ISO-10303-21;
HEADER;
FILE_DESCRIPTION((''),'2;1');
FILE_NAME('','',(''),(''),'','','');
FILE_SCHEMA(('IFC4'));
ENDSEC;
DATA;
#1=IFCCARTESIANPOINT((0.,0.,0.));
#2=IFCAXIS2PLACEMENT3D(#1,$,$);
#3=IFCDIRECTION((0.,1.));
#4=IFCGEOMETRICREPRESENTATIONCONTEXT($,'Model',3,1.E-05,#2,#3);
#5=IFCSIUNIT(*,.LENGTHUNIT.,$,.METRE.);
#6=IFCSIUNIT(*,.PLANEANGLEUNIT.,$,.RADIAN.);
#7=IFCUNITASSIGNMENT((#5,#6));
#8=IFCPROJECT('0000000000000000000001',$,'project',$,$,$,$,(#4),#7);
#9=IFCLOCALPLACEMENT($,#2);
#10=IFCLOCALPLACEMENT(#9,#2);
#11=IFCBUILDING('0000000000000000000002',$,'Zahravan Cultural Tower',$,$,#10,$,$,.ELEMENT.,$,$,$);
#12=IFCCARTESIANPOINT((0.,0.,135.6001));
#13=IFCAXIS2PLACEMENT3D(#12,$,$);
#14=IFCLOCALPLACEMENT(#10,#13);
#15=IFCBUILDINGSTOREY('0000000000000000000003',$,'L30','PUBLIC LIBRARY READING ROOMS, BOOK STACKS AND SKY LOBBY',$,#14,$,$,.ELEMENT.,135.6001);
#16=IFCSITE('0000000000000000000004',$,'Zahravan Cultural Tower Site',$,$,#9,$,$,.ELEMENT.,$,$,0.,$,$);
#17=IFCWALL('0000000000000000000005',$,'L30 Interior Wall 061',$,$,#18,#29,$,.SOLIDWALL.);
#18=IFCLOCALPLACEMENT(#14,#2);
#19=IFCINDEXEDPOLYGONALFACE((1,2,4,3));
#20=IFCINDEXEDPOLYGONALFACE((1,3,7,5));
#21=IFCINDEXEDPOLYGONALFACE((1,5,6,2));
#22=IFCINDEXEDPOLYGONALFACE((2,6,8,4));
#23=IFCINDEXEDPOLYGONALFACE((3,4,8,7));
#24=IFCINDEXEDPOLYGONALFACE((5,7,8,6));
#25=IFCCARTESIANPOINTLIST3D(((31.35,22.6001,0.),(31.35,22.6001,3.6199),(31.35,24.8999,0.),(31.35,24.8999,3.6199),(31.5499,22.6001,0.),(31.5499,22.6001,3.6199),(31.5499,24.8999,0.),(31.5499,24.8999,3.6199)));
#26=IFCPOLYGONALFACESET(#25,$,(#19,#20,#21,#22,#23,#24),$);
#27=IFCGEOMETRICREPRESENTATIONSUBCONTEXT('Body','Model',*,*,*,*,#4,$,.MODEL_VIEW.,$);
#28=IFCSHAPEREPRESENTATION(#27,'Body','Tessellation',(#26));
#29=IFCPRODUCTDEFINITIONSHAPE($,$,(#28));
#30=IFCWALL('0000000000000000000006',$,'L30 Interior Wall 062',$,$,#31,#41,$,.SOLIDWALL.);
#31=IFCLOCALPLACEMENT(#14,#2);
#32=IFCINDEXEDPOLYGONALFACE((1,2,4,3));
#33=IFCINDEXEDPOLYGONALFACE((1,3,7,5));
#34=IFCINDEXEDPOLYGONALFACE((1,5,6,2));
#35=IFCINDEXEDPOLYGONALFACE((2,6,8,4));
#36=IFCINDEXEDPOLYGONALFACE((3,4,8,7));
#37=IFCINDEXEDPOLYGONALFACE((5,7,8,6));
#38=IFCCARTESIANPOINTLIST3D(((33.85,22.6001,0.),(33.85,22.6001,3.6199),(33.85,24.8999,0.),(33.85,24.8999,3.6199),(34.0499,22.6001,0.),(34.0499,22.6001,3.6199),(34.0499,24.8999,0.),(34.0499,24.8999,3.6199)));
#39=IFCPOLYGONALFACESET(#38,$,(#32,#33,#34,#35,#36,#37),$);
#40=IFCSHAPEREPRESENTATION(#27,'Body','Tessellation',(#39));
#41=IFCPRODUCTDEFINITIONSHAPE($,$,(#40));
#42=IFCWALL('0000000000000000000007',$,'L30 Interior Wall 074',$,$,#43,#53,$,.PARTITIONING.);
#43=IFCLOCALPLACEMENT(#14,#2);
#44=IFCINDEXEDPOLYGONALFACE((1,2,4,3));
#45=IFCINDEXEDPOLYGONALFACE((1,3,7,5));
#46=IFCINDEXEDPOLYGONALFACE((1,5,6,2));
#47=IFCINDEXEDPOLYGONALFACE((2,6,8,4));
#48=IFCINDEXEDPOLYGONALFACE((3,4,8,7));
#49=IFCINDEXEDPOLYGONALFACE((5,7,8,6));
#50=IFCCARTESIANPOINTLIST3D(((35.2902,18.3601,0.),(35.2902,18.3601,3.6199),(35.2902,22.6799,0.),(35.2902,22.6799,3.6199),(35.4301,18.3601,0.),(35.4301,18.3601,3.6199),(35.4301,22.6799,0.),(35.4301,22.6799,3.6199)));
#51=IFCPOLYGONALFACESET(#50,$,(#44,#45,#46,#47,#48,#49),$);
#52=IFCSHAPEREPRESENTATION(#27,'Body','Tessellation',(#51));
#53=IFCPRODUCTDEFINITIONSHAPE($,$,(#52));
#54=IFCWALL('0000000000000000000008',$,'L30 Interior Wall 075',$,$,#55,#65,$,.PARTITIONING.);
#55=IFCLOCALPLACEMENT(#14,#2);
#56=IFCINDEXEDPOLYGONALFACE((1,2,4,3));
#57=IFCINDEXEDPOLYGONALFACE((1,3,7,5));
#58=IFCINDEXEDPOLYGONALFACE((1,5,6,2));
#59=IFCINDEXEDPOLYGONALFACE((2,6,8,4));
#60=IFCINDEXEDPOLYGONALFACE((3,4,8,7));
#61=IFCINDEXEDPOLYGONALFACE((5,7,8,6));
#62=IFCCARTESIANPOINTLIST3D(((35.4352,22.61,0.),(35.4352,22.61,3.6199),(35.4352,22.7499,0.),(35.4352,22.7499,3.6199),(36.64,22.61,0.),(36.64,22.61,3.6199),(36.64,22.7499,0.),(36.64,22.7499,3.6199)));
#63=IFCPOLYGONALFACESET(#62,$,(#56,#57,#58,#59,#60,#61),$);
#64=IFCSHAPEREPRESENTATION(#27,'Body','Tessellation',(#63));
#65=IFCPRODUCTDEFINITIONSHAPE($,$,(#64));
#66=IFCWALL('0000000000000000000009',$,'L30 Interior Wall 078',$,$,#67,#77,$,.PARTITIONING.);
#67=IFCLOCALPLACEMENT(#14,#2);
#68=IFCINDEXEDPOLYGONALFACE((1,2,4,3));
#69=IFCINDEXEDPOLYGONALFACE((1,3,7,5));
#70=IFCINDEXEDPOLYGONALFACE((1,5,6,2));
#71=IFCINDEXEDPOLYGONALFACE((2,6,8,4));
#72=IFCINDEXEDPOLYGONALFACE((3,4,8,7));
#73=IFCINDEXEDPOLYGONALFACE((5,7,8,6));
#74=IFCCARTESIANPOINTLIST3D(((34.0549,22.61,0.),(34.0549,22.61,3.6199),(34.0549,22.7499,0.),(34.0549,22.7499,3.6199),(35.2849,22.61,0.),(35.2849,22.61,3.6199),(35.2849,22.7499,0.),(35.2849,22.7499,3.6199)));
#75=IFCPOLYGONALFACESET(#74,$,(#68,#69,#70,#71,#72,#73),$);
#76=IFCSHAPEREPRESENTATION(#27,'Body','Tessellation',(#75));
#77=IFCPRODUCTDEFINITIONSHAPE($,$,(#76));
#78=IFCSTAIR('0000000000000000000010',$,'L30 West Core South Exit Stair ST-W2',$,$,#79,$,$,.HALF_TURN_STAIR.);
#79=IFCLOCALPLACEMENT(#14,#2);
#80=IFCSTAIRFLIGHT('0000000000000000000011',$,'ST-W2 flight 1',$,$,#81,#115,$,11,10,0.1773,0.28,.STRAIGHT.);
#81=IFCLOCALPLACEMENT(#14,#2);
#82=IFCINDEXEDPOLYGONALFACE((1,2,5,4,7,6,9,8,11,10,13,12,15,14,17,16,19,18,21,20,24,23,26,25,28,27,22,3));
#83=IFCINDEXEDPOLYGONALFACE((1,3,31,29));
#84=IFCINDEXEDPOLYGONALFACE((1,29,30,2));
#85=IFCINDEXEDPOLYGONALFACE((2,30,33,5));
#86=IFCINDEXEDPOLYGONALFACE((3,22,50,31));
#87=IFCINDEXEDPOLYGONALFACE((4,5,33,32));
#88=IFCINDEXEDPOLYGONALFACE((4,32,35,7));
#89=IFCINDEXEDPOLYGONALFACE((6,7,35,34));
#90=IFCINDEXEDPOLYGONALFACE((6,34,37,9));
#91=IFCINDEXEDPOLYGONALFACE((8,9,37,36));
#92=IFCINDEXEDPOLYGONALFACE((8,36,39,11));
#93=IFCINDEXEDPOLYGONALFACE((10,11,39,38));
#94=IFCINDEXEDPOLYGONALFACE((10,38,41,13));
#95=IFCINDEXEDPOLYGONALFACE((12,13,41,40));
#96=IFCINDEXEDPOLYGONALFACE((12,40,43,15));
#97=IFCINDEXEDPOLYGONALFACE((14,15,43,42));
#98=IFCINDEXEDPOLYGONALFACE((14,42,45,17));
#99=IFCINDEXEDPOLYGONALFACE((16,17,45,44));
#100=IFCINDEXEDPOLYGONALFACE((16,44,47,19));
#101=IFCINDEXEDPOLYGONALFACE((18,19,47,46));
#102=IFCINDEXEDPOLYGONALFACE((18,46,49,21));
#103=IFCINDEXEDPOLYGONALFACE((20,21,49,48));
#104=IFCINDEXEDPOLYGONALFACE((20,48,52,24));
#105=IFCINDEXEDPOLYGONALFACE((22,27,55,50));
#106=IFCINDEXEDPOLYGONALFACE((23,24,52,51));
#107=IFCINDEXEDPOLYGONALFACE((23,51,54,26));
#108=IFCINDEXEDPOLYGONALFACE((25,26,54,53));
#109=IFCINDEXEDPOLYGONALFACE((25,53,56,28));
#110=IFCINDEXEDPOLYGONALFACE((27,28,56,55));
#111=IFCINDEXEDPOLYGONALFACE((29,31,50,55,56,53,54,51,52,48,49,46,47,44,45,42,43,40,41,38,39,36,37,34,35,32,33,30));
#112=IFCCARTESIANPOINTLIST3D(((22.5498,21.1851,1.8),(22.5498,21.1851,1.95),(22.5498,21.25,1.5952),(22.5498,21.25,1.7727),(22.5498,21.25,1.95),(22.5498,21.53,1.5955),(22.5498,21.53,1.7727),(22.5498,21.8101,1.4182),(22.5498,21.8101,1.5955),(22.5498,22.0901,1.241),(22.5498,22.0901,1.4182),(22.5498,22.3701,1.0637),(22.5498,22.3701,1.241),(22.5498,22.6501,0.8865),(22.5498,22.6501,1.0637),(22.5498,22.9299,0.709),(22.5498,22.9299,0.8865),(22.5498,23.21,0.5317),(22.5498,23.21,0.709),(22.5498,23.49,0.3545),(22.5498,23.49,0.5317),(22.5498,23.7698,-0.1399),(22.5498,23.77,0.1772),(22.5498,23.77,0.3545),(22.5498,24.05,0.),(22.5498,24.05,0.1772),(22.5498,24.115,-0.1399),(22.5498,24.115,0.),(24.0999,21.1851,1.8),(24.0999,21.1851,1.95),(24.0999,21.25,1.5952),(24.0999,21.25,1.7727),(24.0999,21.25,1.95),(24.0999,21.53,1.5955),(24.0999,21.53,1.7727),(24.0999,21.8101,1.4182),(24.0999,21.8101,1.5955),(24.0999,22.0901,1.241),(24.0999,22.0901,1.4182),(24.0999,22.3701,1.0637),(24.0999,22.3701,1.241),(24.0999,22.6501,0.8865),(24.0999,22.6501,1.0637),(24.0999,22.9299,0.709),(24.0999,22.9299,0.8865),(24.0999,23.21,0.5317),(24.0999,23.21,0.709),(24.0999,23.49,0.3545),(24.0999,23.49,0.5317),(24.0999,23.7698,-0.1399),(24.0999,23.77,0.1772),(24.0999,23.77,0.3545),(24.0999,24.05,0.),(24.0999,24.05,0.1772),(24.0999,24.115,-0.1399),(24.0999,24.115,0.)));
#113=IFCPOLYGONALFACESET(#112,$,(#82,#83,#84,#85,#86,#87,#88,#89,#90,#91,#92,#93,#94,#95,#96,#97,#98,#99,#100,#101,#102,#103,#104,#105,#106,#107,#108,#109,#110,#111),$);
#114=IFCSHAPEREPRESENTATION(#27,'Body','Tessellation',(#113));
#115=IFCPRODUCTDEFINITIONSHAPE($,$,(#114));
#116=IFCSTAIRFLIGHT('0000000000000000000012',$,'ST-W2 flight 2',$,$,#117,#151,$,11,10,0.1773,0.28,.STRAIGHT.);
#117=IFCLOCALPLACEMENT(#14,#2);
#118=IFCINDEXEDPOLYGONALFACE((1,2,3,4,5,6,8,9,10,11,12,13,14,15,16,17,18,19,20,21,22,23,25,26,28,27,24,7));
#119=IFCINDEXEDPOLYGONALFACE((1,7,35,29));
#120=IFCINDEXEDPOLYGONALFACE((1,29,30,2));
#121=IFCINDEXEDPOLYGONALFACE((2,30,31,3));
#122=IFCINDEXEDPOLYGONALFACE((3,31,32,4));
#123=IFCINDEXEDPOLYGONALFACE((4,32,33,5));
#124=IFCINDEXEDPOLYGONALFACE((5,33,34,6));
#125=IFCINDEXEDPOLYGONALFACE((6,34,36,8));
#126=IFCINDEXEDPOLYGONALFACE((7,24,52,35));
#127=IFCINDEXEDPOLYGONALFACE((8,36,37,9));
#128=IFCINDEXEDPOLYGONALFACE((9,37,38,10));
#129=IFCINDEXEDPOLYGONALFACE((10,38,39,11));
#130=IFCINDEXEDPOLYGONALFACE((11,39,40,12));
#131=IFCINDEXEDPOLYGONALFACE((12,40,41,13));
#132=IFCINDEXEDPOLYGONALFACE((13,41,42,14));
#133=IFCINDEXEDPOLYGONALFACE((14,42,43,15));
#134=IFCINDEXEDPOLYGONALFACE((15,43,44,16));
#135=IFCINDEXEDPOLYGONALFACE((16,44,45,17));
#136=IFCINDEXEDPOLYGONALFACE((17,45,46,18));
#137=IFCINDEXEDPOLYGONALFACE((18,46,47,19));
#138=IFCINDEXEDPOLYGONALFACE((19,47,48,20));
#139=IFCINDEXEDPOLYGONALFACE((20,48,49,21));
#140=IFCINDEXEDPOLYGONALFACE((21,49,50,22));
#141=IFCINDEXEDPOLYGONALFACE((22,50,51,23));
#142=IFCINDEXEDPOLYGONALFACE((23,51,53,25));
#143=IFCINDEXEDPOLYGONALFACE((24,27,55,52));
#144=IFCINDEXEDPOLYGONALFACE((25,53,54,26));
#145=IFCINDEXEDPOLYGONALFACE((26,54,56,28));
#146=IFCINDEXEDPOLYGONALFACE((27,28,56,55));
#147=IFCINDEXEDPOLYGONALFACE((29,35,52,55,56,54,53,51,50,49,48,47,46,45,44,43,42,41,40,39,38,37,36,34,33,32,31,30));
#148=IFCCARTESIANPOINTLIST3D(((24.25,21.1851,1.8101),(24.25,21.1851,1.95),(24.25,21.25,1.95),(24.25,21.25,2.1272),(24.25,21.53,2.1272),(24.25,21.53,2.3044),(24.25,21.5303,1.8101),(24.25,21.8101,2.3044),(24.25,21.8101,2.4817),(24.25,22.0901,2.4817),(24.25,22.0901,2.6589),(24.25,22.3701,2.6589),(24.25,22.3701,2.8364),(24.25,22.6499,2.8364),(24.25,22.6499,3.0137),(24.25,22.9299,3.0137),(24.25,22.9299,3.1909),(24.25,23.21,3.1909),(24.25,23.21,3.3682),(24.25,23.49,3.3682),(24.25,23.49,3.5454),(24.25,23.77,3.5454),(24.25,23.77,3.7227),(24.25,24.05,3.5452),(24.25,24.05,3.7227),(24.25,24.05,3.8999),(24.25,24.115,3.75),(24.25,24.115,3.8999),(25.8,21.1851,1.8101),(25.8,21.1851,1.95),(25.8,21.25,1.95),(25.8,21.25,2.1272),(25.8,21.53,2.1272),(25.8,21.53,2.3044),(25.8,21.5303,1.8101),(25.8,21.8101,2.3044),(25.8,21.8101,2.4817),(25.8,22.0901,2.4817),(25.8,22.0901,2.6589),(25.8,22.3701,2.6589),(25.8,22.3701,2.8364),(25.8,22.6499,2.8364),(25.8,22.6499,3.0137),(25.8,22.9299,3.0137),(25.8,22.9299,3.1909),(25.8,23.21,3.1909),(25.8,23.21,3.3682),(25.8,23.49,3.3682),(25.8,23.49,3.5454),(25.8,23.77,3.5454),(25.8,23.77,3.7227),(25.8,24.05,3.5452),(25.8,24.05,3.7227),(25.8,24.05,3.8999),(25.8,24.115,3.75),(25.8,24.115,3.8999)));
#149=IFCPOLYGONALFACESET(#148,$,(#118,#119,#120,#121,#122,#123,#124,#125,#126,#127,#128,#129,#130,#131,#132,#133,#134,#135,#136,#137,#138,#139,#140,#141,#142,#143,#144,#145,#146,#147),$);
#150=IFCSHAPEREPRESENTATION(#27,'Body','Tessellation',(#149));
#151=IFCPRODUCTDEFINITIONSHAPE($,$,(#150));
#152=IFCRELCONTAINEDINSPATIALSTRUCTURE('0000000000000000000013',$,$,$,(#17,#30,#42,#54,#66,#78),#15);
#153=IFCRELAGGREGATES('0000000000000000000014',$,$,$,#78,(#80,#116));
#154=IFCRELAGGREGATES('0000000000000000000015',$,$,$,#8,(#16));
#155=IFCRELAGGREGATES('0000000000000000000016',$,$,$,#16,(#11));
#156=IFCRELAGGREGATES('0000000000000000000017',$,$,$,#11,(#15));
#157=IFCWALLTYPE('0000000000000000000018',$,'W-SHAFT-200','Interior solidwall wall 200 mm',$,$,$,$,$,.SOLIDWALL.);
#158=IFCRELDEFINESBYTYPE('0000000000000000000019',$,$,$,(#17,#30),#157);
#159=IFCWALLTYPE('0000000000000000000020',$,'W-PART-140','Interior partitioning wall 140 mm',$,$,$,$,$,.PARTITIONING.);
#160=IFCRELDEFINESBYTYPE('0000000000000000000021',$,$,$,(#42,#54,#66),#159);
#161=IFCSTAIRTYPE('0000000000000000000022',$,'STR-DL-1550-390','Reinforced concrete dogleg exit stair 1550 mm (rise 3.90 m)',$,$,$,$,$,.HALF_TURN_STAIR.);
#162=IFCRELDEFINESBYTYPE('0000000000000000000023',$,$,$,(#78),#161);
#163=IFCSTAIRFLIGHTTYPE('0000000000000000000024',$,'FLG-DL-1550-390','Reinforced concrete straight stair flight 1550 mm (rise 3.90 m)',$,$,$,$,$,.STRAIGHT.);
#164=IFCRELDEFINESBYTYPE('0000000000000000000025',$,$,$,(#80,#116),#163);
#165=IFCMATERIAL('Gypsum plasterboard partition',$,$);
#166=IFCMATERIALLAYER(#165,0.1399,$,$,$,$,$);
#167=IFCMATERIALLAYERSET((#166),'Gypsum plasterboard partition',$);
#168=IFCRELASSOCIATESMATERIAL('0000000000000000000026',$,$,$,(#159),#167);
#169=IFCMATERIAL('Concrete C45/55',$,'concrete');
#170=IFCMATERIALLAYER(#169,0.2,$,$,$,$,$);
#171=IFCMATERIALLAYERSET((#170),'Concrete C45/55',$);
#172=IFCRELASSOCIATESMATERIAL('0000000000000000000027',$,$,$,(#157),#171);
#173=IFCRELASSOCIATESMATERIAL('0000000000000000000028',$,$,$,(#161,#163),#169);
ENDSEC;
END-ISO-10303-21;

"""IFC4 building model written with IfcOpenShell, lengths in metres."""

from ifc_helpers import new_model, si_unit, direction, frame, frame_2d, origin, place, context, subcontext, project, spatial, polyline, rectangle, outline, extrude, source, transform, mapped, material, layer, layer_set, type_object, element, aggregate, save


model = new_model("IFC4")

# Units and contexts
model_context = context("Model", 3, precision=1e-05, world=origin(), true_north=direction((0.0, 1.0)))
body_context = subcontext(model_context, "Body", "Model", "MODEL_VIEW")
ifc_project = project(units=[si_unit("LENGTHUNIT", "METRE"), si_unit("PLANEANGLEUNIT", "RADIAN")], contexts=[model_context])

# Site, building, storey
site_placement = place(None, origin())
site = spatial("IfcSite", under=ifc_project, at=site_placement, Name="Zahravan Cultural Tower Site", CompositionType="ELEMENT", RefElevation=0.0)
building_placement = place(site_placement, origin())
building = spatial("IfcBuilding", under=site, at=building_placement, Name="Zahravan Cultural Tower", CompositionType="ELEMENT")
storey_placement = place(building_placement, frame((0.0, 0.0, 135.6001)))
storey = spatial("IfcBuildingStorey", under=building, at=storey_placement, Name="L30", Description="PUBLIC LIBRARY READING ROOMS, BOOK STACKS AND SKY LOBBY", CompositionType="ELEMENT", Elevation=135.6001)

# Shared definitions
ifc_material_1 = material(Name="Gypsum plasterboard partition")
ifc_layer_1 = layer(ifc_material_1, 0.1399)
ifc_layer_set_1 = layer_set([ifc_layer_1], Name="Gypsum plasterboard partition")
wall_type_1 = type_object("IfcWallType", Name="W-PART-140", Description="Interior partitioning wall 140 mm", PredefinedType="PARTITIONING", material=ifc_layer_set_1)
ifc_material_2 = material(Name="Concrete C45/55", Category="concrete")
ifc_layer_2 = layer(ifc_material_2, 0.2)
ifc_layer_set_2 = layer_set([ifc_layer_2], Name="Concrete C45/55")
wall_type_2 = type_object("IfcWallType", Name="W-SHAFT-200", Description="Interior solidwall wall 200 mm", PredefinedType="SOLIDWALL", material=ifc_layer_set_2)

# Walls
shared_shape_1 = source(origin(), body_context, "Body", "SweptSolid", [
    extrude(rectangle(XDim=2.2998, YDim=0.2, at=frame_2d((1.1499, 0.0))), origin(), (0.0, 0.0, 1.0), 3.6199),
])
for number, where, z_axis, x_axis, name in (
    (1, (31.45, 22.6001, 0.0), (0.0, 0.0, 1.0), (0.0, 1.0, 0.0), "L30 Interior Wall 061"),
    (2, (33.95, 22.6001, 0.0), (0.0, 0.0, 1.0), (0.0, 1.0, 0.0), "L30 Interior Wall 062"),
):
    element("IfcWall", number, at=place(storey_placement, frame(where, z_axis=z_axis, x_axis=x_axis)), inside=storey, type_object=wall_type_2, Name=name, PredefinedType="SOLIDWALL", context=body_context, shape_type="MappedRepresentation", body=[
        mapped(shared_shape_1, transform((0.0, 0.0, 0.0), x_axis=(1.0, 0.0, 0.0), y_axis=(0.0, 1.0, 0.0), z_axis=(0.0, 0.0, 1.0), scale=1.0)),
    ])
shared_shape_2 = source(origin(), body_context, "Body", "SweptSolid", [
    extrude(rectangle(XDim=4.3198, YDim=0.1399, at=frame_2d((2.1599, 0.0))), origin(), (0.0, 0.0, 1.0), 3.6199),
])
wall_1_placement = place(storey_placement, frame((35.3601, 18.3601, 0.0), z_axis=(0.0, 0.0, 1.0), x_axis=(0.0, 1.0, 0.0)))
element("IfcWall", 3, at=wall_1_placement, inside=storey, type_object=wall_type_1, Name="L30 Interior Wall 074", PredefinedType="PARTITIONING", context=body_context, shape_type="MappedRepresentation", body=[
    mapped(shared_shape_2, transform((0.0, 0.0, 0.0), x_axis=(1.0, 0.0, 0.0), y_axis=(0.0, 1.0, 0.0), z_axis=(0.0, 0.0, 1.0), scale=1.0)),
])
shared_shape_3 = source(origin(), body_context, "Body", "SweptSolid", [
    extrude(rectangle(XDim=1.2048, YDim=0.1399, at=frame_2d((0.6025, 0.0))), origin(), (0.0, 0.0, 1.0), 3.6199),
])
wall_2_placement = place(storey_placement, frame((35.4351, 22.6799, 0.0), z_axis=(0.0, 0.0, 1.0), x_axis=(1.0, 0.0, 0.0)))
element("IfcWall", 4, at=wall_2_placement, inside=storey, type_object=wall_type_1, Name="L30 Interior Wall 075", PredefinedType="PARTITIONING", context=body_context, shape_type="MappedRepresentation", body=[
    mapped(shared_shape_3, transform((0.0, 0.0, 0.0), x_axis=(1.0, 0.0, 0.0), y_axis=(0.0, 1.0, 0.0), z_axis=(0.0, 0.0, 1.0), scale=1.0)),
])
shared_shape_4 = source(origin(), body_context, "Body", "SweptSolid", [
    extrude(rectangle(XDim=1.23, YDim=0.1399, at=frame_2d((0.615, 0.0))), origin(), (0.0, 0.0, 1.0), 3.6199),
])
wall_3_placement = place(storey_placement, frame((34.0549, 22.6799, 0.0), z_axis=(0.0, 0.0, 1.0), x_axis=(1.0, 0.0, 0.0)))
element("IfcWall", 5, at=wall_3_placement, inside=storey, type_object=wall_type_1, Name="L30 Interior Wall 078", PredefinedType="PARTITIONING", context=body_context, shape_type="MappedRepresentation", body=[
    mapped(shared_shape_4, transform((0.0, 0.0, 0.0), x_axis=(1.0, 0.0, 0.0), y_axis=(0.0, 1.0, 0.0), z_axis=(0.0, 0.0, 1.0), scale=1.0)),
])

# Stair, stair flights
stair_type = type_object("IfcStairType", Name="STR-DL-1550-390", Description="Reinforced concrete dogleg exit stair 1550 mm (rise 3.90 m)", PredefinedType="HALF_TURN_STAIR", material=ifc_material_2)
stair_placement = place(storey_placement, origin())
stair = element("IfcStair", 6, at=stair_placement, inside=storey, type_object=stair_type, Name="L30 West Core South Exit Stair ST-W2", PredefinedType="HALF_TURN_STAIR")
stair_flight_type = type_object("IfcStairFlightType", Name="FLG-DL-1550-390", Description="Reinforced concrete straight stair flight 1550 mm (rise 3.90 m)", PredefinedType="STRAIGHT", material=ifc_material_2)
stair_flight_1_placement = place(storey_placement, frame((23.325, 24.05, 0.0), z_axis=(0.0, 0.0, 1.0), x_axis=(0.0, -1.0, 0.0)))
stair_flight_1 = element("IfcStairFlight", 7, at=stair_flight_1_placement, type_object=stair_flight_type, Name="ST-W2 flight 1", NumberOfRisers=11, NumberOfTreads=10, PredefinedType="STRAIGHT", RiserHeight=0.1773, TreadLength=0.28, context=body_context, shape_type="SweptSolid", body=[
    extrude(outline(polyline([(-0.0649, -0.1399), (-0.0649, 0.0), (0.0, 0.0), (0.0, 0.1772), (0.28, 0.1772), (0.28, 0.3545), (0.5601, 0.3545), (0.5601, 0.5317), (0.8401, 0.5317), (0.8401, 0.709), (1.1201, 0.709), (1.1201, 0.8865), (1.3999, 0.8865), (1.3999, 1.0637), (1.6799, 1.0637), (1.6799, 1.241), (1.96, 1.241), (1.96, 1.4182), (2.24, 1.4182), (2.24, 1.5955), (2.52, 1.5955), (2.52, 1.7727), (2.8, 1.7727), (2.8, 1.95), (2.865, 1.95), (2.865, 1.8), (2.8, 1.5952), (0.2803, -0.1399), (-0.0649, -0.1399)])), frame((0.0, 0.7749, 0.0), z_axis=(0.0, -1.0, 0.0), x_axis=(1.0, 0.0, 0.0)), (0.0, 0.0, 1.0), 1.55),
])
stair_flight_2_placement = place(storey_placement, frame((25.0249, 21.25, 1.95), z_axis=(0.0, 0.0, 1.0), x_axis=(0.0, 1.0, 0.0)))
stair_flight_2 = element("IfcStairFlight", 8, at=stair_flight_2_placement, type_object=stair_flight_type, Name="ST-W2 flight 2", NumberOfRisers=11, NumberOfTreads=10, PredefinedType="STRAIGHT", RiserHeight=0.1773, TreadLength=0.28, context=body_context, shape_type="SweptSolid", body=[
    extrude(outline(polyline([(-0.0649, -0.1399), (-0.0649, 0.0), (0.0, 0.0), (0.0, 0.1772), (0.28, 0.1772), (0.28, 0.3545), (0.5601, 0.3545), (0.5601, 0.5317), (0.8401, 0.5317), (0.8401, 0.709), (1.1201, 0.709), (1.1201, 0.8865), (1.3999, 0.8865), (1.3999, 1.0637), (1.6799, 1.0637), (1.6799, 1.241), (1.96, 1.241), (1.96, 1.4182), (2.24, 1.4182), (2.24, 1.5955), (2.52, 1.5955), (2.52, 1.7727), (2.8, 1.7727), (2.8, 1.95), (2.865, 1.95), (2.865, 1.8), (2.8, 1.5952), (0.2803, -0.1399), (-0.0649, -0.1399)])), frame((0.0, 0.7749, 0.0), z_axis=(0.0, -1.0, 0.0), x_axis=(1.0, 0.0, 0.0)), (0.0, 0.0, 1.0), 1.55),
])
aggregate(stair, [stair_flight_1, stair_flight_2])

save(model, "model.ifc")
